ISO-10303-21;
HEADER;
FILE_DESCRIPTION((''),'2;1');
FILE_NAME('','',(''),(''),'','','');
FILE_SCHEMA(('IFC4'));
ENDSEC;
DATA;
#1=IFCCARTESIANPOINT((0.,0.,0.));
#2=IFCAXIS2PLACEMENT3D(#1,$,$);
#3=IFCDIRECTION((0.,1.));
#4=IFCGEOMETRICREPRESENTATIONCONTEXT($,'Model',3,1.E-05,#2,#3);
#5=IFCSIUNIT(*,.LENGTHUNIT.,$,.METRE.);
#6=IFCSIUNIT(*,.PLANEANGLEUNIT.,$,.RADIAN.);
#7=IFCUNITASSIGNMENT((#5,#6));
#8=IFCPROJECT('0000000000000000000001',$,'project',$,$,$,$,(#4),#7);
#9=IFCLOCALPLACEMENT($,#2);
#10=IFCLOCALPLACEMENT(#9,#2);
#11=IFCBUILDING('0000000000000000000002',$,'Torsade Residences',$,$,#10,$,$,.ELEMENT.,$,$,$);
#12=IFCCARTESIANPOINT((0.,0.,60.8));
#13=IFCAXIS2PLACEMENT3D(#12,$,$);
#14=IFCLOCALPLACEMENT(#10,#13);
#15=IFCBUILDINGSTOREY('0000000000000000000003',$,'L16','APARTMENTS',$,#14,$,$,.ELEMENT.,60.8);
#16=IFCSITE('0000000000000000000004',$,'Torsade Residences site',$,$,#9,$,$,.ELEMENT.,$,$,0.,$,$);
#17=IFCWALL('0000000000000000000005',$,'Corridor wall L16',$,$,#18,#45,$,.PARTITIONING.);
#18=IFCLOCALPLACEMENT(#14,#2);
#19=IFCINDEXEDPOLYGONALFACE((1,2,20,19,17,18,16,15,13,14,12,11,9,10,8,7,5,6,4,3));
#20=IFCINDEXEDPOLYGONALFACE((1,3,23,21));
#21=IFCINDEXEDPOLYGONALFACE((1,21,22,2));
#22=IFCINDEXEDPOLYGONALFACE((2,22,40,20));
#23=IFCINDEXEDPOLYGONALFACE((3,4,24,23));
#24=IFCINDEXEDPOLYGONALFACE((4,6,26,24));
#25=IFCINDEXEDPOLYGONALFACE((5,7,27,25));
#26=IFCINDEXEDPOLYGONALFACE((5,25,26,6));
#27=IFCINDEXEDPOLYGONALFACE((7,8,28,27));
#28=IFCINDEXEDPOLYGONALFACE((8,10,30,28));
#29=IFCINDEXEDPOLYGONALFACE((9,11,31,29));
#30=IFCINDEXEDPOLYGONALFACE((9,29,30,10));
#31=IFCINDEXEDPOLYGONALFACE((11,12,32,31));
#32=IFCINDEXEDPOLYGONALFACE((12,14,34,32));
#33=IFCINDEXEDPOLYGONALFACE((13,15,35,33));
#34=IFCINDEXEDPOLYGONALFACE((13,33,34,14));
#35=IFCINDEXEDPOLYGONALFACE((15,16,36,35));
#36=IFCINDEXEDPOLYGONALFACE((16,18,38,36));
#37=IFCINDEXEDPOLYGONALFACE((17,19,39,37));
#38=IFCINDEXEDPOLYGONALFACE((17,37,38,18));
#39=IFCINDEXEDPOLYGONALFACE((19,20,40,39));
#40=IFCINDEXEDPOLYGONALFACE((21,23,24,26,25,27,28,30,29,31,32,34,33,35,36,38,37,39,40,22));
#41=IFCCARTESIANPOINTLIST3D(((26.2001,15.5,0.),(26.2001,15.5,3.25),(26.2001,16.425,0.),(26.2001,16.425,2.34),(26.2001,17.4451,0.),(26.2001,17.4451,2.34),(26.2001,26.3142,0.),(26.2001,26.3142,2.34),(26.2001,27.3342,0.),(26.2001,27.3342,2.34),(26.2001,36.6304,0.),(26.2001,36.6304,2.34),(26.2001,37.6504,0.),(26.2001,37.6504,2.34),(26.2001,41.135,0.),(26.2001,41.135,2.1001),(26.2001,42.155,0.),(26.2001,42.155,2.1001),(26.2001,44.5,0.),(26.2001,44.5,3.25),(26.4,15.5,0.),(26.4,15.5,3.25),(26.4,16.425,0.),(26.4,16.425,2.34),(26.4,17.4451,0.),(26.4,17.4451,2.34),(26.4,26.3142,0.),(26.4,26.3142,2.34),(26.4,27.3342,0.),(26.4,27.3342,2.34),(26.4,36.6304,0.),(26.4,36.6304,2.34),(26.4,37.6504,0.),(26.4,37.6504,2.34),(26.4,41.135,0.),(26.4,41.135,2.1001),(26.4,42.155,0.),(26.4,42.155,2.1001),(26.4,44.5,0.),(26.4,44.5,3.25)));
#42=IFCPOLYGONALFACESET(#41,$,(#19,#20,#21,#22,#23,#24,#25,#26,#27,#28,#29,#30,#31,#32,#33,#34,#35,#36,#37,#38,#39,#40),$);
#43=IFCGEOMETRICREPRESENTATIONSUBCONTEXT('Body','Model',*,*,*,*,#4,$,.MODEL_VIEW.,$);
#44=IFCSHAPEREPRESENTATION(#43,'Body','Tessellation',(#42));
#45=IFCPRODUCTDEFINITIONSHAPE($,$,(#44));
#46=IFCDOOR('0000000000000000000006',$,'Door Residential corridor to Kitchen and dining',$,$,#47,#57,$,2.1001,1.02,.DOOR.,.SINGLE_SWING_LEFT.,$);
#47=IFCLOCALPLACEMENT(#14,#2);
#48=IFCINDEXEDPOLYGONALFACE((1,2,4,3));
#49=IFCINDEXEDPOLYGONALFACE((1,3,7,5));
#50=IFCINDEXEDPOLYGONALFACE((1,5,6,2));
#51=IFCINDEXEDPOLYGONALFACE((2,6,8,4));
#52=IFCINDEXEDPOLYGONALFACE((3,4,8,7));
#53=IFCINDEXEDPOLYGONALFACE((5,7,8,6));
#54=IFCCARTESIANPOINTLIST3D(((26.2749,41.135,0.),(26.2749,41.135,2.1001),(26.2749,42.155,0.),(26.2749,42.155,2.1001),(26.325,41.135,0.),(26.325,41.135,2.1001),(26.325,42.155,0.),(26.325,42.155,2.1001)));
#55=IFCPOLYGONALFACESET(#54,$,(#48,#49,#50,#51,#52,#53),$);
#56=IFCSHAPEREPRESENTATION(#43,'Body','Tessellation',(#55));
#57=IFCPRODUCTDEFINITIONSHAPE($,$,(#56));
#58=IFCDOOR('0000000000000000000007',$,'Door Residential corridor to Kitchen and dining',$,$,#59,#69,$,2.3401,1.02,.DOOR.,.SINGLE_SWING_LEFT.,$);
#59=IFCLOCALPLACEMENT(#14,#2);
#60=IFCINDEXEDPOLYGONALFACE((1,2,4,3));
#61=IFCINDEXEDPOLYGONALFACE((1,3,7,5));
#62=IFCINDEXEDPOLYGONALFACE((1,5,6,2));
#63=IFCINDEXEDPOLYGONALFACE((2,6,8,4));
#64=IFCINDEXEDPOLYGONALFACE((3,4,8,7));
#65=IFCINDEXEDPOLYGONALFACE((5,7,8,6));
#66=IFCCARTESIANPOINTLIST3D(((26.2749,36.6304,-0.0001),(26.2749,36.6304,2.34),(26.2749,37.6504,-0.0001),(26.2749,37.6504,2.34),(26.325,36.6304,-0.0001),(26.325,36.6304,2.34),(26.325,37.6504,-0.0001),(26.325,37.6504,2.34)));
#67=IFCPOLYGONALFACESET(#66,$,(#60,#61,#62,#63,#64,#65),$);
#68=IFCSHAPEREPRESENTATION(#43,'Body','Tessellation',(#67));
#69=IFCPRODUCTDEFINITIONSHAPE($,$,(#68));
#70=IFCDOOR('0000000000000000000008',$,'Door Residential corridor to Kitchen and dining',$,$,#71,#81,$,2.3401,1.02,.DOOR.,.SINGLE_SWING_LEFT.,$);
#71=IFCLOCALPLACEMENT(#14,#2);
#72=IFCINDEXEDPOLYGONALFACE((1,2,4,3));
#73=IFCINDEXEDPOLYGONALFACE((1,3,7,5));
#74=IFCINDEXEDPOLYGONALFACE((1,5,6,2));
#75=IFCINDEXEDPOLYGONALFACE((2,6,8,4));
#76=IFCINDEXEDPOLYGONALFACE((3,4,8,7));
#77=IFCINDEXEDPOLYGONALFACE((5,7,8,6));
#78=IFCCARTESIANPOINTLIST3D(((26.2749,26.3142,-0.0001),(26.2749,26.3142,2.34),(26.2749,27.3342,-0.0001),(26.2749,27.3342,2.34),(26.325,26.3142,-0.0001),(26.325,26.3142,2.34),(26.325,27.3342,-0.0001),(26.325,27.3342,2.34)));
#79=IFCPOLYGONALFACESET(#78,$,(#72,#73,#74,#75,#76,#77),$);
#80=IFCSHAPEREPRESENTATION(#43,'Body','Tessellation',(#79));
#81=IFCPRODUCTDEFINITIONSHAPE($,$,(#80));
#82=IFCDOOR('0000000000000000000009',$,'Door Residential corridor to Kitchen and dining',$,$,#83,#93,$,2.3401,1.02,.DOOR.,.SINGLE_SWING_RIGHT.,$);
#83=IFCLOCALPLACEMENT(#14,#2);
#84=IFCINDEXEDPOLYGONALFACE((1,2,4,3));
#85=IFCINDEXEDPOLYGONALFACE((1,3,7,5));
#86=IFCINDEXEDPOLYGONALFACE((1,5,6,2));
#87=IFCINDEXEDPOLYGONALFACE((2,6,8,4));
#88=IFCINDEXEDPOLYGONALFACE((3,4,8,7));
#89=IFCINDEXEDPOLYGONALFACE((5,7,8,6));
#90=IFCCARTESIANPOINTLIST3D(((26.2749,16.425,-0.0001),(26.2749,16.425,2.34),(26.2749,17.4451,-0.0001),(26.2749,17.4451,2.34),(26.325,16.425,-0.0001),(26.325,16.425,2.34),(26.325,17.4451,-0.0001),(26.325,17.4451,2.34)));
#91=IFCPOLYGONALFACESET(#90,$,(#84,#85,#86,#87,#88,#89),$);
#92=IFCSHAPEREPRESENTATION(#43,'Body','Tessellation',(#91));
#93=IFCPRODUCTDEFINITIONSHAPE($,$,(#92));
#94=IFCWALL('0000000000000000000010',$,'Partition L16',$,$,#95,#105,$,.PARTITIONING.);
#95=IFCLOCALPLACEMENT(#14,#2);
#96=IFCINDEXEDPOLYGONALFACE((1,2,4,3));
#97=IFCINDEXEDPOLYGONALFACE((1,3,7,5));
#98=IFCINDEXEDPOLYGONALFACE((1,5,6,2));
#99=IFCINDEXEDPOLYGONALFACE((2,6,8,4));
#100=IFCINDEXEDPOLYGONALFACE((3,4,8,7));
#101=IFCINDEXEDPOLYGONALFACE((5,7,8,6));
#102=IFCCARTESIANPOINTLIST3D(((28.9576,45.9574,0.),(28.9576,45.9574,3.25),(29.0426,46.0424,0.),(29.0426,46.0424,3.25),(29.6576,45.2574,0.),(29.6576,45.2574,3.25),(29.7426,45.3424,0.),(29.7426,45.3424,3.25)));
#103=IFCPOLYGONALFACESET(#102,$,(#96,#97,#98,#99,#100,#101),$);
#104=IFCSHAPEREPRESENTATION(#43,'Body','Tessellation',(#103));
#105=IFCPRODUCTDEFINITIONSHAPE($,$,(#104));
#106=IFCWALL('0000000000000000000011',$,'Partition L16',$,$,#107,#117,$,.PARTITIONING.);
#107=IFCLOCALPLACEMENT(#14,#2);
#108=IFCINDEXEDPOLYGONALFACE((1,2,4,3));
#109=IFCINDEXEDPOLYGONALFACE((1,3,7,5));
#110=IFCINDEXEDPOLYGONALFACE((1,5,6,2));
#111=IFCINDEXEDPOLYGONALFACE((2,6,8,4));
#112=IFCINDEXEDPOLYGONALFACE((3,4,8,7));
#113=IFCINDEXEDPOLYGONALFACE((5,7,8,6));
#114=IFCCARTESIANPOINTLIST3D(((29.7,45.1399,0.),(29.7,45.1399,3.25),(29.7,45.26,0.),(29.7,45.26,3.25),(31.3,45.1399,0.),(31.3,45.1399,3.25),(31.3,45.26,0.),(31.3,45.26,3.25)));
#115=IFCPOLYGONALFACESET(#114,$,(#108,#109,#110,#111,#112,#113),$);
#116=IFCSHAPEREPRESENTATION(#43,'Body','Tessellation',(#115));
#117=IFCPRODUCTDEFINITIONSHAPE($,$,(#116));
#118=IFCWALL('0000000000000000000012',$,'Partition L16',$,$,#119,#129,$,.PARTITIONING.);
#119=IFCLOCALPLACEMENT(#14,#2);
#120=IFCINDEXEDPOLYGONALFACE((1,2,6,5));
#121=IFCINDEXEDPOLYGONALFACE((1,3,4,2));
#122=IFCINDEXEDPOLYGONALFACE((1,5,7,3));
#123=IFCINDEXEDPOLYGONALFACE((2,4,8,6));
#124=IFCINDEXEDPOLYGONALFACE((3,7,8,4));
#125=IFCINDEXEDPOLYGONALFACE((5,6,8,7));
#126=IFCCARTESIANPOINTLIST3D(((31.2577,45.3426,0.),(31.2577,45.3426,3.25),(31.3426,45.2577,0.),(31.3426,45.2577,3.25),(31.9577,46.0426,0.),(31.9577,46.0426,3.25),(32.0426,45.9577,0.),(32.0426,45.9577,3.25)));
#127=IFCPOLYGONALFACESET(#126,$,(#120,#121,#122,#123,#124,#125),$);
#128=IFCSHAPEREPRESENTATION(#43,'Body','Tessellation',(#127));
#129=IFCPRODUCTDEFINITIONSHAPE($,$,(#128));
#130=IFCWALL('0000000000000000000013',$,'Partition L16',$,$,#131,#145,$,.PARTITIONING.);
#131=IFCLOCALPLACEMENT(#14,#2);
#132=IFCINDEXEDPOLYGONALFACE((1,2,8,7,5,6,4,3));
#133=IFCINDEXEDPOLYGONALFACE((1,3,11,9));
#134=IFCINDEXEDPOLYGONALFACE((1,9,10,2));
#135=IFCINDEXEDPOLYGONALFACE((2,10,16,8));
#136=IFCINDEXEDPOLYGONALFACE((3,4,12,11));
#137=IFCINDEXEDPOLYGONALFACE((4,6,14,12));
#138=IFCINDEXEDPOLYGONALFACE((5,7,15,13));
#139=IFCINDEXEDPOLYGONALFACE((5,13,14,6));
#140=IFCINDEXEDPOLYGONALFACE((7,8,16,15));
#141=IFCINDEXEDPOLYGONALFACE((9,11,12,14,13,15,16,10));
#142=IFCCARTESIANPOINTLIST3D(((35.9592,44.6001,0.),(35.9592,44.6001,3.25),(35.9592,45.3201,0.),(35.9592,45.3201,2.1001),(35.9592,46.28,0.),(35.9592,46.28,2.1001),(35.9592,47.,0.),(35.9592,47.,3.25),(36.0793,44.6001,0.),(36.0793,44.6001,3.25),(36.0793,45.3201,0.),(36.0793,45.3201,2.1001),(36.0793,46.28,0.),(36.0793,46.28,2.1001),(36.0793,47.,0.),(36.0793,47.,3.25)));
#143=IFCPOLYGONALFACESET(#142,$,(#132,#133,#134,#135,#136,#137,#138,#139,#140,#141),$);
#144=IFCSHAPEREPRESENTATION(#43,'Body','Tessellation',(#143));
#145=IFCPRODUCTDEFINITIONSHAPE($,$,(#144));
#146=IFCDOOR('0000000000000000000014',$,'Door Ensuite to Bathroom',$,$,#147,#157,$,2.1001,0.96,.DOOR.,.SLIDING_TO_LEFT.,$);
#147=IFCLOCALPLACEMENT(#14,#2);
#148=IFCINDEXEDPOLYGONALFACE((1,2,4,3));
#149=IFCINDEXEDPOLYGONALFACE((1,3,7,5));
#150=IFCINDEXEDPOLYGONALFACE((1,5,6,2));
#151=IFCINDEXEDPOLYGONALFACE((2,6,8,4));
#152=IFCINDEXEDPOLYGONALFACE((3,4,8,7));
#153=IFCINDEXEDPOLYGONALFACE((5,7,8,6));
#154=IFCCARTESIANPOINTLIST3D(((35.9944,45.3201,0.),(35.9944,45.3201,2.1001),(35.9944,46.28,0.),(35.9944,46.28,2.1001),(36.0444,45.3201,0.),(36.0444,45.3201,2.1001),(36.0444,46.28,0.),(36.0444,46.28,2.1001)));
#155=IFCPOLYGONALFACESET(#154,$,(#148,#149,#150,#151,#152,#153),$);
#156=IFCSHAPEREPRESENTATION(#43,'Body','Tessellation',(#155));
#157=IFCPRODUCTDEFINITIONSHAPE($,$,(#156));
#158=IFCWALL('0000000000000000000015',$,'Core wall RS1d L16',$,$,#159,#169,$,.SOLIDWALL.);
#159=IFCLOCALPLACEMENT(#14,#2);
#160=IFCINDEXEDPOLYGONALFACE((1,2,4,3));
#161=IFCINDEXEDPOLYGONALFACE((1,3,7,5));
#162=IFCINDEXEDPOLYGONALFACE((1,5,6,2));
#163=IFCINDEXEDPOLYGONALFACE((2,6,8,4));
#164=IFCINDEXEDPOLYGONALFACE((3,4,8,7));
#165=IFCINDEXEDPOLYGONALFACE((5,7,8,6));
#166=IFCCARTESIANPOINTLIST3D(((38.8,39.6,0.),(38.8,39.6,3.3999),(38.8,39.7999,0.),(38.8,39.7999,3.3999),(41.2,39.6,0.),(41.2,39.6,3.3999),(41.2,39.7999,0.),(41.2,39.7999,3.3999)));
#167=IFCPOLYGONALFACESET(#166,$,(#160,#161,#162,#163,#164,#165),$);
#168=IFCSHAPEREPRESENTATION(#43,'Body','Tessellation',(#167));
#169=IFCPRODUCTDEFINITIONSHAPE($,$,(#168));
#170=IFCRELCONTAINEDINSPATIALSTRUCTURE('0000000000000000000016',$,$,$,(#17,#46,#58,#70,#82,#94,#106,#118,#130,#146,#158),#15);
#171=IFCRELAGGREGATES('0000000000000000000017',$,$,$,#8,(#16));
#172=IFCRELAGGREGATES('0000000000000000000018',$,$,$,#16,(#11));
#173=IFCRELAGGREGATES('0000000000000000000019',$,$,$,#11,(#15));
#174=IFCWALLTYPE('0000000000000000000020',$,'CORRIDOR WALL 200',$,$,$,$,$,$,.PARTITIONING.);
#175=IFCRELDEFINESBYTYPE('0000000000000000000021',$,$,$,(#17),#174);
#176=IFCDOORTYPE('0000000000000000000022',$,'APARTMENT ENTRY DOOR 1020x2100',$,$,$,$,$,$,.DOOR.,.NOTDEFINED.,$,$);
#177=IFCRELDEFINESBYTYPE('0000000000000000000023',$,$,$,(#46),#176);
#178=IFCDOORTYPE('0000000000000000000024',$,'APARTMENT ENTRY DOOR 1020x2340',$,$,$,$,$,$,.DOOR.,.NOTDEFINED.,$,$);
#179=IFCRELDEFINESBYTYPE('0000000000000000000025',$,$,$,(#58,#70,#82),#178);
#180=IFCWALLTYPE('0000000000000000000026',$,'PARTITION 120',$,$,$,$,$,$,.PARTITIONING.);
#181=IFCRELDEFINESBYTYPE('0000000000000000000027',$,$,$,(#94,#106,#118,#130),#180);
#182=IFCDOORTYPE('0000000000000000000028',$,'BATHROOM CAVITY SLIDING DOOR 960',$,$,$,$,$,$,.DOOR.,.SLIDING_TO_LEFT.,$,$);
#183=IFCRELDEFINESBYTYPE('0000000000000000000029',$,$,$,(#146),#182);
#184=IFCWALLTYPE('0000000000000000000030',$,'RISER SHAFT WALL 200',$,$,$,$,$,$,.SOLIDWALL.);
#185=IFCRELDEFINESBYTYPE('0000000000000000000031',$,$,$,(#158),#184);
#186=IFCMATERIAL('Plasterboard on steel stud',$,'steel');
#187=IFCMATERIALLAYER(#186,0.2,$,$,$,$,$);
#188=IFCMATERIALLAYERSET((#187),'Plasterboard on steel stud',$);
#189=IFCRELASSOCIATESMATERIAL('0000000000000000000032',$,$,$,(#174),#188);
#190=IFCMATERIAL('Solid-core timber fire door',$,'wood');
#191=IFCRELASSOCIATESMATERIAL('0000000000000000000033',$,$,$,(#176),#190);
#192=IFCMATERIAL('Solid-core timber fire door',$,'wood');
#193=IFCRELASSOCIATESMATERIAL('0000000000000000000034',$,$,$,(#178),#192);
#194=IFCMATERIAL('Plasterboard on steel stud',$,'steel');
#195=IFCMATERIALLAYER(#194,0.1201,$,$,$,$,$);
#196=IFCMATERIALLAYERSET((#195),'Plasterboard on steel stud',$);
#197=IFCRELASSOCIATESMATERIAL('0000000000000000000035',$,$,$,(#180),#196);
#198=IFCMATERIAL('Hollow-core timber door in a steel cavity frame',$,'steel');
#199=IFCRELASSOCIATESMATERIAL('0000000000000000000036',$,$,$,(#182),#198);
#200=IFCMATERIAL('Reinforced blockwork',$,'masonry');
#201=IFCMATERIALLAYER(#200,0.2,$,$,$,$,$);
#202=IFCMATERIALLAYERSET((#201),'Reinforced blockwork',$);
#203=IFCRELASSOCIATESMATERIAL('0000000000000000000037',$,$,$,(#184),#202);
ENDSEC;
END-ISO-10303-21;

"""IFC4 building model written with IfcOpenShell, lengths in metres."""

from ifc_helpers import new_model, si_unit, direction, frame, frame_2d, origin, place, context, subcontext, project, spatial, rectangle, extrude, material, layer, layer_set, type_object, element, fill, save


model = new_model("IFC4")

# Units and contexts
model_context = context("Model", 3, precision=1e-05, world=origin(), true_north=direction((0.0, 1.0)))
body_context = subcontext(model_context, "Body", "Model", "MODEL_VIEW")
ifc_project = project(units=[si_unit("LENGTHUNIT", "METRE"), si_unit("PLANEANGLEUNIT", "RADIAN")], contexts=[model_context])

# Site, building, storey
site_placement = place(None, origin())
site = spatial("IfcSite", under=ifc_project, at=site_placement, Name="Torsade Residences site", CompositionType="ELEMENT", RefElevation=0.0)
building_placement = place(site_placement, origin())
building = spatial("IfcBuilding", under=site, at=building_placement, Name="Torsade Residences", CompositionType="ELEMENT")
storey_placement = place(building_placement, frame((0.0, 0.0, 60.8)))
storey = spatial("IfcBuildingStorey", under=building, at=storey_placement, Name="L16", Description="APARTMENTS", CompositionType="ELEMENT", Elevation=60.8)

# Wall, openings, doors
ifc_material_1 = material(Name="Plasterboard on steel stud", Category="steel")
ifc_layer_1 = layer(ifc_material_1, 0.2)
ifc_layer_set_1 = layer_set([ifc_layer_1], Name="Plasterboard on steel stud")
wall_type_1 = type_object("IfcWallType", Name="CORRIDOR WALL 200", PredefinedType="PARTITIONING", material=ifc_layer_set_1)
wall_1_placement = place(storey_placement, frame((26.3, 44.5, 0.0), z_axis=(0.0, 0.0, 1.0), x_axis=(0.0, -1.0, 0.0)))
wall_1 = element("IfcWall", 1, at=wall_1_placement, inside=storey, type_object=wall_type_1, Name="Corridor wall L16", PredefinedType="PARTITIONING", context=body_context, shape_type="SweptSolid", body=[
    extrude(rectangle(XDim=29.0, YDim=0.2, at=frame_2d((14.5, 0.0))), origin(), (0.0, 0.0, 1.0), 3.25),
])
opening_1_placement = place(wall_1_placement, frame((6.8496, 0.0, 0.0)))
opening_1 = element("IfcOpeningElement", 2, at=opening_1_placement, cuts=wall_1, PredefinedType="OPENING", context=body_context, shape_type="SweptSolid", body=[
    extrude(rectangle(XDim=1.02, YDim=2.3401, at=frame_2d((0.51, 1.1699))), frame((0.0, 0.1099, 0.0), z_axis=(0.0, -1.0, 0.0), x_axis=(1.0, 0.0, 0.0)), (0.0, 0.0, 1.0), 0.22),
])
opening_2_placement = place(wall_1_placement, frame((2.345, 0.0, 0.0)))
opening_2 = element("IfcOpeningElement", 3, at=opening_2_placement, cuts=wall_1, PredefinedType="OPENING", context=body_context, shape_type="SweptSolid", body=[
    extrude(rectangle(XDim=1.02, YDim=2.1001, at=frame_2d((0.51, 1.05))), frame((0.0, 0.1099, 0.0), z_axis=(0.0, -1.0, 0.0), x_axis=(1.0, 0.0, 0.0)), (0.0, 0.0, 1.0), 0.22),
])
opening_3_placement = place(wall_1_placement, frame((17.1658, 0.0, 0.0)))
opening_3 = element("IfcOpeningElement", 4, at=opening_3_placement, cuts=wall_1, PredefinedType="OPENING", context=body_context, shape_type="SweptSolid", body=[
    extrude(rectangle(XDim=1.02, YDim=2.3401, at=frame_2d((0.51, 1.1699))), frame((0.0, 0.1099, 0.0), z_axis=(0.0, -1.0, 0.0), x_axis=(1.0, 0.0, 0.0)), (0.0, 0.0, 1.0), 0.22),
])
opening_4_placement = place(wall_1_placement, frame((27.0549, 0.0, 0.0)))
opening_4 = element("IfcOpeningElement", 5, at=opening_4_placement, cuts=wall_1, PredefinedType="OPENING", context=body_context, shape_type="SweptSolid", body=[
    extrude(rectangle(XDim=1.02, YDim=2.3401, at=frame_2d((0.51, 1.1699))), frame((0.0, 0.1099, 0.0), z_axis=(0.0, -1.0, 0.0), x_axis=(1.0, 0.0, 0.0)), (0.0, 0.0, 1.0), 0.22),
])
ifc_material_2 = material(Name="Solid-core timber fire door", Category="wood")
door_type_1 = type_object("IfcDoorType", Name="APARTMENT ENTRY DOOR 1020x2100", OperationType="NOTDEFINED", PredefinedType="DOOR", material=ifc_material_2)
door_1_placement = place(opening_2_placement, origin())
door_1 = element("IfcDoor", 6, at=door_1_placement, inside=storey, type_object=door_type_1, Name="Door Residential corridor to Kitchen and dining", OperationType="SINGLE_SWING_LEFT", OverallHeight=2.1001, OverallWidth=1.02, PredefinedType="DOOR", context=body_context, shape_type="SweptSolid", body=[
    extrude(rectangle(XDim=1.02, YDim=2.1001, at=frame_2d((0.51, 1.05))), frame((0.0, 0.0249, 0.0), z_axis=(0.0, -1.0, 0.0), x_axis=(1.0, 0.0, 0.0)), (0.0, 0.0, 1.0), 0.05),
])
fill(opening_2, door_1)
ifc_material_3 = material(Name="Solid-core timber fire door", Category="wood")
door_type_2 = type_object("IfcDoorType", Name="APARTMENT ENTRY DOOR 1020x2340", OperationType="NOTDEFINED", PredefinedType="DOOR", material=ifc_material_3)
door_2_placement = place(opening_1_placement, origin())
door_2 = element("IfcDoor", 7, at=door_2_placement, inside=storey, type_object=door_type_2, Name="Door Residential corridor to Kitchen and dining", OperationType="SINGLE_SWING_LEFT", OverallHeight=2.3401, OverallWidth=1.02, PredefinedType="DOOR", context=body_context, shape_type="SweptSolid", body=[
    extrude(rectangle(XDim=1.02, YDim=2.3401, at=frame_2d((0.51, 1.1699))), frame((0.0, 0.0249, 0.0), z_axis=(0.0, -1.0, 0.0), x_axis=(1.0, 0.0, 0.0)), (0.0, 0.0, 1.0), 0.05),
])
fill(opening_1, door_2)
door_3_placement = place(opening_3_placement, origin())
door_3 = element("IfcDoor", 8, at=door_3_placement, inside=storey, type_object=door_type_2, Name="Door Residential corridor to Kitchen and dining", OperationType="SINGLE_SWING_LEFT", OverallHeight=2.3401, OverallWidth=1.02, PredefinedType="DOOR", context=body_context, shape_type="SweptSolid", body=[
    extrude(rectangle(XDim=1.02, YDim=2.3401, at=frame_2d((0.51, 1.1699))), frame((0.0, 0.0249, 0.0), z_axis=(0.0, -1.0, 0.0), x_axis=(1.0, 0.0, 0.0)), (0.0, 0.0, 1.0), 0.05),
])
fill(opening_3, door_3)
door_4_placement = place(opening_4_placement, origin())
door_4 = element("IfcDoor", 9, at=door_4_placement, inside=storey, type_object=door_type_2, Name="Door Residential corridor to Kitchen and dining", OperationType="SINGLE_SWING_RIGHT", OverallHeight=2.3401, OverallWidth=1.02, PredefinedType="DOOR", context=body_context, shape_type="SweptSolid", body=[
    extrude(rectangle(XDim=1.02, YDim=2.3401, at=frame_2d((0.51, 1.1699))), frame((0.0, 0.0249, 0.0), z_axis=(0.0, -1.0, 0.0), x_axis=(1.0, 0.0, 0.0)), (0.0, 0.0, 1.0), 0.05),
])
fill(opening_4, door_4)

# Walls
ifc_material_4 = material(Name="Plasterboard on steel stud", Category="steel")
ifc_layer_2 = layer(ifc_material_4, 0.1201)
ifc_layer_set_2 = layer_set([ifc_layer_2], Name="Plasterboard on steel stud")
wall_type_2 = type_object("IfcWallType", Name="PARTITION 120", PredefinedType="PARTITIONING", material=ifc_layer_set_2)
wall_2_placement = place(storey_placement, frame((29.0, 46.0, 0.0), z_axis=(0.0, 0.0, 1.0), x_axis=(0.707107, -0.707107, 0.0)))
element("IfcWall", 10, at=wall_2_placement, inside=storey, type_object=wall_type_2, Name="Partition L16", PredefinedType="PARTITIONING", context=body_context, shape_type="SweptSolid", body=[
    extrude(rectangle(XDim=0.99, YDim=0.1201, at=frame_2d((0.4951, 0.0))), origin(), (0.0, 0.0, 1.0), 3.25),
])
wall_3_placement = place(storey_placement, frame((29.7, 45.2, 0.0), z_axis=(0.0, 0.0, 1.0), x_axis=(1.0, 0.0, 0.0)))
element("IfcWall", 11, at=wall_3_placement, inside=storey, type_object=wall_type_2, Name="Partition L16", PredefinedType="PARTITIONING", context=body_context, shape_type="SweptSolid", body=[
    extrude(rectangle(XDim=1.6001, YDim=0.1201, at=frame_2d((0.8, 0.0))), origin(), (0.0, 0.0, 1.0), 3.25),
])
wall_4_placement = place(storey_placement, frame((31.3, 45.3, 0.0), z_axis=(0.0, 0.0, 1.0), x_axis=(0.707107, 0.707107, 0.0)))
element("IfcWall", 12, at=wall_4_placement, inside=storey, type_object=wall_type_2, Name="Partition L16", PredefinedType="PARTITIONING", context=body_context, shape_type="SweptSolid", body=[
    extrude(rectangle(XDim=0.99, YDim=0.1201, at=frame_2d((0.4951, 0.0))), origin(), (0.0, 0.0, 1.0), 3.25),
])

# Wall, opening, door
wall_5_placement = place(storey_placement, frame((36.0193, 44.6001, 0.0), z_axis=(0.0, 0.0, 1.0), x_axis=(0.0, 1.0, 0.0)))
wall_5 = element("IfcWall", 13, at=wall_5_placement, inside=storey, type_object=wall_type_2, Name="Partition L16", PredefinedType="PARTITIONING", context=body_context, shape_type="SweptSolid", body=[
    extrude(rectangle(XDim=2.3999, YDim=0.1201, at=frame_2d((1.2, 0.0))), origin(), (0.0, 0.0, 1.0), 3.25),
])
opening_5_placement = place(wall_5_placement, frame((0.72, 0.0, 0.0)))
opening_5 = element("IfcOpeningElement", 14, at=opening_5_placement, cuts=wall_5, PredefinedType="OPENING", context=body_context, shape_type="SweptSolid", body=[
    extrude(rectangle(XDim=0.96, YDim=2.1001, at=frame_2d((0.48, 1.05))), frame((0.0, 0.0701, 0.0), z_axis=(0.0, -1.0, 0.0), x_axis=(1.0, 0.0, 0.0)), (0.0, 0.0, 1.0), 0.1401),
])
ifc_material_5 = material(Name="Hollow-core timber door in a steel cavity frame", Category="steel")
door_type_3 = type_object("IfcDoorType", Name="BATHROOM CAVITY SLIDING DOOR 960", OperationType="SLIDING_TO_LEFT", PredefinedType="DOOR", material=ifc_material_5)
door_5_placement = place(opening_5_placement, origin())
door_5 = element("IfcDoor", 15, at=door_5_placement, inside=storey, type_object=door_type_3, Name="Door Ensuite to Bathroom", OperationType="SLIDING_TO_LEFT", OverallHeight=2.1001, OverallWidth=0.96, PredefinedType="DOOR", context=body_context, shape_type="SweptSolid", body=[
    extrude(rectangle(XDim=0.96, YDim=2.1001, at=frame_2d((0.48, 1.05))), frame((0.0, 0.0249, 0.0), z_axis=(0.0, -1.0, 0.0), x_axis=(1.0, 0.0, 0.0)), (0.0, 0.0, 1.0), 0.05),
])
fill(opening_5, door_5)

# Wall
ifc_material_6 = material(Name="Reinforced blockwork", Category="masonry")
ifc_layer_3 = layer(ifc_material_6, 0.2)
ifc_layer_set_3 = layer_set([ifc_layer_3], Name="Reinforced blockwork")
wall_type_3 = type_object("IfcWallType", Name="RISER SHAFT WALL 200", PredefinedType="SOLIDWALL", material=ifc_layer_set_3)
wall_6_placement = place(storey_placement, frame((38.8, 39.7, 0.0), z_axis=(0.0, 0.0, 1.0), x_axis=(1.0, 0.0, 0.0)))
element("IfcWall", 16, at=wall_6_placement, inside=storey, type_object=wall_type_3, Name="Core wall RS1d L16", PredefinedType="SOLIDWALL", context=body_context, shape_type="SweptSolid", body=[
    extrude(rectangle(XDim=2.3999, YDim=0.2, at=frame_2d((1.2, 0.0))), origin(), (0.0, 0.0, 1.0), 3.3999),
])

save(model, "model.ifc")
